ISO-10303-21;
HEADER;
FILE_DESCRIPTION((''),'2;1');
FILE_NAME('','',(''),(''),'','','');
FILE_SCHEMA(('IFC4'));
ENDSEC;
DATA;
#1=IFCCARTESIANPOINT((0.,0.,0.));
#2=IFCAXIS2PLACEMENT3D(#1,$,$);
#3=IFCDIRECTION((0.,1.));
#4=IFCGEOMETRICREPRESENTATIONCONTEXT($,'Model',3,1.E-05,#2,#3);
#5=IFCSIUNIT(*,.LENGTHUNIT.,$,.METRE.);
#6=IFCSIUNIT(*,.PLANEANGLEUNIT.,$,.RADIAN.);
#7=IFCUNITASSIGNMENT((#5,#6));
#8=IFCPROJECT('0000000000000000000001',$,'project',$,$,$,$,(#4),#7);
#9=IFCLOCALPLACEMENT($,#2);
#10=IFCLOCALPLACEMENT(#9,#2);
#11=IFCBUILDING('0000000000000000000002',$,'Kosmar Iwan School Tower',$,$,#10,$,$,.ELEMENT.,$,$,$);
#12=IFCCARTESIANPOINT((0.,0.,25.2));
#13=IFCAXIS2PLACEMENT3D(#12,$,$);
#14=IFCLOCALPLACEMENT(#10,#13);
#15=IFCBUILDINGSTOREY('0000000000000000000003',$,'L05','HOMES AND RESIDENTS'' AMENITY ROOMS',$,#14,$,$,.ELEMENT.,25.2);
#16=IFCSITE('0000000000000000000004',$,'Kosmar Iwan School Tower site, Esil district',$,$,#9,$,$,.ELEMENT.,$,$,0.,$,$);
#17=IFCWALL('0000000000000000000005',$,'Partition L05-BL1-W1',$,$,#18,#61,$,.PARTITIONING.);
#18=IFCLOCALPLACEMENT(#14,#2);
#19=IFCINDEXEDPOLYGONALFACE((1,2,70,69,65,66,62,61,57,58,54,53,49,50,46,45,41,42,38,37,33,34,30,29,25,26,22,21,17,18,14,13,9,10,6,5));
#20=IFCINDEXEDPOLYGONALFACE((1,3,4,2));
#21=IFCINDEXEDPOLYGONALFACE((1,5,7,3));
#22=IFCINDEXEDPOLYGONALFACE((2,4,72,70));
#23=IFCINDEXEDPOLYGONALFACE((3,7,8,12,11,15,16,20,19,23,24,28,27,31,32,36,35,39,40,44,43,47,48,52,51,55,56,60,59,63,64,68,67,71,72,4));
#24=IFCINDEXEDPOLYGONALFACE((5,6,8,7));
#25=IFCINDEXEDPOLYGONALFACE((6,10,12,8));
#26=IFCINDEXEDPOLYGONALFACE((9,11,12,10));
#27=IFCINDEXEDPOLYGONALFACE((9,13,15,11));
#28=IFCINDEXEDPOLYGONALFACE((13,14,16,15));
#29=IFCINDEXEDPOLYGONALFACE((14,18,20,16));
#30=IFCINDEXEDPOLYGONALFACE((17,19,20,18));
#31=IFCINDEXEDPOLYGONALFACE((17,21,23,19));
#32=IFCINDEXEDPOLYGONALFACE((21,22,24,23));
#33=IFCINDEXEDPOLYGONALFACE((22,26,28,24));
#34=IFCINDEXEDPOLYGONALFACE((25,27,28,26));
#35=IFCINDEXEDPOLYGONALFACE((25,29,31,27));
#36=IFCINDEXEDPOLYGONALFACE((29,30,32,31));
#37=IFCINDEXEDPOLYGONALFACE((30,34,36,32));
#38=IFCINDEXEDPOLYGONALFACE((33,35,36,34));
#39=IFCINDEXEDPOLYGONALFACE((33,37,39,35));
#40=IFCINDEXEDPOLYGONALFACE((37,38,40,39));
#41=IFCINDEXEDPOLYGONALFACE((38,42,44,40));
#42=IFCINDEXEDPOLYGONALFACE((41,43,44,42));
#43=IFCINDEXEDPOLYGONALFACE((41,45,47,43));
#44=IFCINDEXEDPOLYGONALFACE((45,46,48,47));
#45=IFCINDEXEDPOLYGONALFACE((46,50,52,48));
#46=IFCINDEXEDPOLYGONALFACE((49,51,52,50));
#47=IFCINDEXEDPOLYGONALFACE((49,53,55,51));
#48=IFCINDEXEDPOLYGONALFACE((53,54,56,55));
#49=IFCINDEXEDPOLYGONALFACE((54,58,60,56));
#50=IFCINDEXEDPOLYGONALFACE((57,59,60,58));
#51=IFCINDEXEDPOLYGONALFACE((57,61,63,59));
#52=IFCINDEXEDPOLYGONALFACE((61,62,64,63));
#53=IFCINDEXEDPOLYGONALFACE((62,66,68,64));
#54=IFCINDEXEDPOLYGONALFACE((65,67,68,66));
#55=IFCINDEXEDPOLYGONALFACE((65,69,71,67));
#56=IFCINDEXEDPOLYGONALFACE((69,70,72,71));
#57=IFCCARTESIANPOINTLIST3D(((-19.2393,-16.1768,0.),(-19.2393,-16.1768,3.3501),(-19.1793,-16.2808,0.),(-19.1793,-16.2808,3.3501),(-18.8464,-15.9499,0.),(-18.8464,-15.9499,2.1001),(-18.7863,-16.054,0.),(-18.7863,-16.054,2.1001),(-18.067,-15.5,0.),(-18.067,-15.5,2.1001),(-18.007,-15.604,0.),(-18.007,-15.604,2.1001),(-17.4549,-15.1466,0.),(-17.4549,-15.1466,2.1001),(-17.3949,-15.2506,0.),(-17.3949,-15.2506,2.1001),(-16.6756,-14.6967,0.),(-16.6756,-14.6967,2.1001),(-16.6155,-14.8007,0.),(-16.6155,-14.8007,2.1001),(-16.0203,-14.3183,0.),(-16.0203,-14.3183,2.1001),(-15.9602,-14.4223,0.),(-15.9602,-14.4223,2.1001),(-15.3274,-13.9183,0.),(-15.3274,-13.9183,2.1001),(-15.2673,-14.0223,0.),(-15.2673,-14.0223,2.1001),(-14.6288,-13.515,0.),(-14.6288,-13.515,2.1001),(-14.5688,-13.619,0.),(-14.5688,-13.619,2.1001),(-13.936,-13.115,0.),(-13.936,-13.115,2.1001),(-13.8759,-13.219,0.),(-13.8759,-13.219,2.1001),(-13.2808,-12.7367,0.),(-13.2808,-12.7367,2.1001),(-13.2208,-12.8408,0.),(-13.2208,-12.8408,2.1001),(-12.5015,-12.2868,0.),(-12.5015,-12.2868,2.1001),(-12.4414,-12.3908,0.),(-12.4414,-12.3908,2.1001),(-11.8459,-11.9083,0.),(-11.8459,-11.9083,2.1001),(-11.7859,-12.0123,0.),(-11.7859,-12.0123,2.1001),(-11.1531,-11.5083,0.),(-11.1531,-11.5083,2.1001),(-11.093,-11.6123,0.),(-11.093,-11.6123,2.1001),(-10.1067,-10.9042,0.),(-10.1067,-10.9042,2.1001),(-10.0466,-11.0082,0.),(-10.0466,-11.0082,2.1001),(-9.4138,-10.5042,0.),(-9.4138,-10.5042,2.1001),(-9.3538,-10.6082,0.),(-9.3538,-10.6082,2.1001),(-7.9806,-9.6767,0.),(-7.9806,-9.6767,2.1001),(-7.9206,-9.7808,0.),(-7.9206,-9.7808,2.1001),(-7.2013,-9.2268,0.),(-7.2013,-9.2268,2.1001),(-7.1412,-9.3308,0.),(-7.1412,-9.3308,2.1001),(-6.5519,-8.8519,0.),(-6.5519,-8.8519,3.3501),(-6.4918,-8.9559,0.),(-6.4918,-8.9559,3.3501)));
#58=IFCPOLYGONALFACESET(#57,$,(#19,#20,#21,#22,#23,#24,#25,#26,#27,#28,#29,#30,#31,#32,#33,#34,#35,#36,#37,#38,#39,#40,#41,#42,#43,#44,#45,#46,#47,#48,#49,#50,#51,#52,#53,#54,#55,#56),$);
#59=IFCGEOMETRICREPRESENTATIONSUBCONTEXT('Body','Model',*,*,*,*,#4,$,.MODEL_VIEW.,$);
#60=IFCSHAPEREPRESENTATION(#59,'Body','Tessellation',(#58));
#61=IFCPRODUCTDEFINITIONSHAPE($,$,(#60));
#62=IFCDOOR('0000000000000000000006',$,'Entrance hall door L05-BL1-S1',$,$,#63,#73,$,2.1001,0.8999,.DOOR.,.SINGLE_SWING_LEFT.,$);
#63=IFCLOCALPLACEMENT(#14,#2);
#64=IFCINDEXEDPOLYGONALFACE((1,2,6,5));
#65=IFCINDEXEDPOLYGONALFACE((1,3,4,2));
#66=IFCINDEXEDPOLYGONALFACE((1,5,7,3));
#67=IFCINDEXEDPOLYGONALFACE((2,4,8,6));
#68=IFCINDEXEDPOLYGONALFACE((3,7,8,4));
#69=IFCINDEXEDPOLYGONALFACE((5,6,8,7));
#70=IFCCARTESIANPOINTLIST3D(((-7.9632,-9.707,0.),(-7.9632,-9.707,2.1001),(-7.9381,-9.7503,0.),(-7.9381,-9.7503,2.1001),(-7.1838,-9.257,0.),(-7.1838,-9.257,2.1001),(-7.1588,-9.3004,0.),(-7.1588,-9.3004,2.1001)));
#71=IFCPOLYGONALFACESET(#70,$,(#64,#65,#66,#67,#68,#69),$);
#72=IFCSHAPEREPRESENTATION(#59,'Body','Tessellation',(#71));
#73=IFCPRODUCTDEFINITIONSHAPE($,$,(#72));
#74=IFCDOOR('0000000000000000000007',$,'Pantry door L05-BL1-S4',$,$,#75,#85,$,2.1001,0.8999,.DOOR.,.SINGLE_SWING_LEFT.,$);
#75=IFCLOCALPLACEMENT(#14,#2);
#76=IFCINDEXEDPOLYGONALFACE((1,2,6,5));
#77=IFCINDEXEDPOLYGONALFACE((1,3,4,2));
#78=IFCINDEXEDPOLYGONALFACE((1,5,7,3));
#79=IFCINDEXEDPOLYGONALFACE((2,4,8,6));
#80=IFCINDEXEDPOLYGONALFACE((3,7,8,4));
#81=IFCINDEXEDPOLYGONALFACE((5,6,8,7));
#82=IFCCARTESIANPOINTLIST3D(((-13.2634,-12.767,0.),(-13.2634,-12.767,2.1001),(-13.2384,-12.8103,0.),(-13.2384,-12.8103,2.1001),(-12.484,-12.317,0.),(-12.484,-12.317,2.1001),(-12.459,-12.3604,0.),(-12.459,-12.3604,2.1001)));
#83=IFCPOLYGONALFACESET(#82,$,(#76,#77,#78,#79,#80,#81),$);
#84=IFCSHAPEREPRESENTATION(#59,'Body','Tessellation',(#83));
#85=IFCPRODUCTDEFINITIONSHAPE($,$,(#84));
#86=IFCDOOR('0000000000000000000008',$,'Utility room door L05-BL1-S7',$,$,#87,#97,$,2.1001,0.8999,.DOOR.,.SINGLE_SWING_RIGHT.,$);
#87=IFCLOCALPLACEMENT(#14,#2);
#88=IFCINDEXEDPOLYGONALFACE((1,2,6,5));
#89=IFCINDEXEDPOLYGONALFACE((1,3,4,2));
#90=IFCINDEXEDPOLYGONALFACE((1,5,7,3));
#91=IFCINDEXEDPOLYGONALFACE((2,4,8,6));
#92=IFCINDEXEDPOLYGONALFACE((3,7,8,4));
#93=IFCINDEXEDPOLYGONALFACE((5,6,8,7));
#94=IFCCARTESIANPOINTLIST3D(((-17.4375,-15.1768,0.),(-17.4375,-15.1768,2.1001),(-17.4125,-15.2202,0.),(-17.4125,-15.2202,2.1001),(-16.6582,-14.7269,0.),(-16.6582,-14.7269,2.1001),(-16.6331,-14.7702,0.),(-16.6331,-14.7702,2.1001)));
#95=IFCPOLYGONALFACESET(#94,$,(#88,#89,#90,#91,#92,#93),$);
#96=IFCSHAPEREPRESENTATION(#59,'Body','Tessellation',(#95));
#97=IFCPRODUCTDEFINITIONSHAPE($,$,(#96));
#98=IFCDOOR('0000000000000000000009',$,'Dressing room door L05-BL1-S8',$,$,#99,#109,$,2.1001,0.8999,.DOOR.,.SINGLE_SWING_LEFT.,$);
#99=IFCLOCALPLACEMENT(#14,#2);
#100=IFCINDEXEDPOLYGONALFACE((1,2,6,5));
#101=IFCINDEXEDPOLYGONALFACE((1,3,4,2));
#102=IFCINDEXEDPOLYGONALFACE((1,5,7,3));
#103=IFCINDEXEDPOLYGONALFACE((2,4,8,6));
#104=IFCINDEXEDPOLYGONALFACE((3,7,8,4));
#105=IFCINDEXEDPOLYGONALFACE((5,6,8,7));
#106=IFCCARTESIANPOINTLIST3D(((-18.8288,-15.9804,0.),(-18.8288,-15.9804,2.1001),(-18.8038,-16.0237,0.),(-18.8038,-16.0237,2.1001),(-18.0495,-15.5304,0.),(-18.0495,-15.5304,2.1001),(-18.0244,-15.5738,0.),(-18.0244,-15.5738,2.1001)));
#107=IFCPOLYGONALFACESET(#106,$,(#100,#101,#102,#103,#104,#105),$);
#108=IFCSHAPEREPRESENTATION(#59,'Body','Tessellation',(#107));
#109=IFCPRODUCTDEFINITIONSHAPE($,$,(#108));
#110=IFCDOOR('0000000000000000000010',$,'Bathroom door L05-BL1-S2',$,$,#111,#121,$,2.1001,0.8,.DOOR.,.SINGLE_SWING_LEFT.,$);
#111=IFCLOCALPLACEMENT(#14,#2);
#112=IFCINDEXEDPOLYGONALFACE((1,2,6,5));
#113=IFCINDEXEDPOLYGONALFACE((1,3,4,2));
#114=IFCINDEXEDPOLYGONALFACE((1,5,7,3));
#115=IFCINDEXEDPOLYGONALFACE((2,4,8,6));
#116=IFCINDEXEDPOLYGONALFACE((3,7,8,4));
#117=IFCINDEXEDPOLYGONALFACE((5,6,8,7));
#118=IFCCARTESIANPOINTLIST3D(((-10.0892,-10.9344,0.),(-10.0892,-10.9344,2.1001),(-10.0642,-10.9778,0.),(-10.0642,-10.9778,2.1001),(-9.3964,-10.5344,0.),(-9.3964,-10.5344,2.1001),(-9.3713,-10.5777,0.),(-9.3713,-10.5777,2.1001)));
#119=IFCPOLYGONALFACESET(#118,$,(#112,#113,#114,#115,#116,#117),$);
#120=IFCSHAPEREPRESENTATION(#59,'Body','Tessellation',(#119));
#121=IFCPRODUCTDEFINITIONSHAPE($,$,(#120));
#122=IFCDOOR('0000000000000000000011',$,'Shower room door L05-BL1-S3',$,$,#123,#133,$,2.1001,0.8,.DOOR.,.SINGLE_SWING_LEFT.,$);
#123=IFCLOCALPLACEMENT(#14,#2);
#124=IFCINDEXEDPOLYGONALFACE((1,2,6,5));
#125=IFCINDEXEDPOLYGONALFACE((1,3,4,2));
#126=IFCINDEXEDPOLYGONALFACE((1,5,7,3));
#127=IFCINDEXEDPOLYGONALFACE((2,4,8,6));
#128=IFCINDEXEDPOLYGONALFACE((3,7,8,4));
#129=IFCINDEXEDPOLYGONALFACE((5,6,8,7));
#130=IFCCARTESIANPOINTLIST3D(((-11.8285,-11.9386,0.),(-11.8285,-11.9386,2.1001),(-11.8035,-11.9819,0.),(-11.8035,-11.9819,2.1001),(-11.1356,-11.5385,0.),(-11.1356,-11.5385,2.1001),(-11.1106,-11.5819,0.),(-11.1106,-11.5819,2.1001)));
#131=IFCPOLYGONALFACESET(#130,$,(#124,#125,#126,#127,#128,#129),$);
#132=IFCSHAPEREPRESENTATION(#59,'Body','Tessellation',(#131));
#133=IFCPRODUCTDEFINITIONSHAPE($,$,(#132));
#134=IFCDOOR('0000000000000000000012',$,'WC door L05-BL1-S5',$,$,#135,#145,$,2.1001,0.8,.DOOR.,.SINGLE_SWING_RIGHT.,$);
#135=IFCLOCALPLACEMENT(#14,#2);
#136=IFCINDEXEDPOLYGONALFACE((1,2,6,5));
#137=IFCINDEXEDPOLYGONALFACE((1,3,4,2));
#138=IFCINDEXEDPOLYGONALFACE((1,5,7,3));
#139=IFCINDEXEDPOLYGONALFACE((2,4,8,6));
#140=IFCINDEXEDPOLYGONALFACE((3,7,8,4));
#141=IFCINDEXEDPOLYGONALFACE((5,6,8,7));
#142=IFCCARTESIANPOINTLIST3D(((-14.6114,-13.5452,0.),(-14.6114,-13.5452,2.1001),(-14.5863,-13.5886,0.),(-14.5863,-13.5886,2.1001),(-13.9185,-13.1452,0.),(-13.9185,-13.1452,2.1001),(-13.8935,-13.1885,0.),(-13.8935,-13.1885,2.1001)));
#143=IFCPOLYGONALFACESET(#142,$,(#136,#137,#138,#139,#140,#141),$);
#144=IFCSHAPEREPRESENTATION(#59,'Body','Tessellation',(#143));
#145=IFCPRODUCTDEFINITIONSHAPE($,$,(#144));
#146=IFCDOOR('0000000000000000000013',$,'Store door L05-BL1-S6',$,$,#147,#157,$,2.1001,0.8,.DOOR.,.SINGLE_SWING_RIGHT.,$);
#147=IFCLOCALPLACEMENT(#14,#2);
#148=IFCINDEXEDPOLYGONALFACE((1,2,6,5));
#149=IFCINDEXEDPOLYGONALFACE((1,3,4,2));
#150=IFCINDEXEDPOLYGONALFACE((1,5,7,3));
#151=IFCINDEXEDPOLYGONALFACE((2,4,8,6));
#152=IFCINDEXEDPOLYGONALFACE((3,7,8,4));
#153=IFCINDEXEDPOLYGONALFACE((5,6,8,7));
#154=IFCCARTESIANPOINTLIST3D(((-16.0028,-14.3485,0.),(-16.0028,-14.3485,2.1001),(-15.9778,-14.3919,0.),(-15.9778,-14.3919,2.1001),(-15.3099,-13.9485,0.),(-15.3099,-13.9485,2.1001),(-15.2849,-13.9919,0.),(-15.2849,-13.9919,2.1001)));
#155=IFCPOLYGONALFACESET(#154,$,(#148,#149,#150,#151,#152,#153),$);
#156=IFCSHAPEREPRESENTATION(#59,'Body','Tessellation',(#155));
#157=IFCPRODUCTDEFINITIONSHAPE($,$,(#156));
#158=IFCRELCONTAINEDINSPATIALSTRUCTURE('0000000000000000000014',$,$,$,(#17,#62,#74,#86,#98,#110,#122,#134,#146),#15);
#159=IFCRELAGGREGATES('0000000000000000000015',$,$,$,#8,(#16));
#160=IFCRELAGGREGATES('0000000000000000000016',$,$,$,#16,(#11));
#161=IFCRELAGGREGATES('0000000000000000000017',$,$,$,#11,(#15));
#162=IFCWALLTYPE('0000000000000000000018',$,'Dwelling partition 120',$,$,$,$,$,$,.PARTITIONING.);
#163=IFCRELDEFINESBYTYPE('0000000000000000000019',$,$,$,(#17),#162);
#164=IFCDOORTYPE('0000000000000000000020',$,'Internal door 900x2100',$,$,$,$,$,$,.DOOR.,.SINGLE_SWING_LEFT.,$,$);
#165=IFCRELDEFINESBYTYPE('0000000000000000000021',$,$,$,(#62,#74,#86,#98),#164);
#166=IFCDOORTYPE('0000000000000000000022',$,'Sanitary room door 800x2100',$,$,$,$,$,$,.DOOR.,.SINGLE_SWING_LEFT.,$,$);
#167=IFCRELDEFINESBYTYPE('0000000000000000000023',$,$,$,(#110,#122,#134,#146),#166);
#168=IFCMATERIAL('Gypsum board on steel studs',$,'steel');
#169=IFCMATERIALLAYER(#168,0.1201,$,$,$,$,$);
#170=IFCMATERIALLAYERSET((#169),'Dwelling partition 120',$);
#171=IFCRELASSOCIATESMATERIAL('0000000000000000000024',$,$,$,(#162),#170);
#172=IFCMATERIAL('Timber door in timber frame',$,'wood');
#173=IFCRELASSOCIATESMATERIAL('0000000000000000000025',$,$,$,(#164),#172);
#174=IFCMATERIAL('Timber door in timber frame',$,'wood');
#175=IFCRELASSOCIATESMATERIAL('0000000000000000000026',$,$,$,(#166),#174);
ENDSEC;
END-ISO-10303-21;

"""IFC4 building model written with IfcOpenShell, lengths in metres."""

from ifc_helpers import new_model, si_unit, direction, frame, frame_2d, origin, place, context, subcontext, project, spatial, rectangle, extrude, material, layer, layer_set, type_object, element, fill, save


model = new_model("IFC4")

# Units and contexts
model_context = context("Model", 3, precision=1e-05, world=origin(), true_north=direction((0.0, 1.0)))
body_context = subcontext(model_context, "Body", "Model", "MODEL_VIEW")
ifc_project = project(units=[si_unit("LENGTHUNIT", "METRE"), si_unit("PLANEANGLEUNIT", "RADIAN")], contexts=[model_context])

# Site, building, storey
site_placement = place(None, origin())
site = spatial("IfcSite", under=ifc_project, at=site_placement, Name="Kosmar Iwan School Tower site, Esil district", CompositionType="ELEMENT", RefElevation=0.0)
building_placement = place(site_placement, origin())
building = spatial("IfcBuilding", under=site, at=building_placement, Name="Kosmar Iwan School Tower", CompositionType="ELEMENT")
storey_placement = place(building_placement, frame((0.0, 0.0, 25.2)))
storey = spatial("IfcBuildingStorey", under=building, at=storey_placement, Name="L05", Description="HOMES AND RESIDENTS' AMENITY ROOMS", CompositionType="ELEMENT", Elevation=25.2)

# Wall, openings, doors
ifc_material_1 = material(Name="Gypsum board on steel studs", Category="steel")
ifc_layer_1 = layer(ifc_material_1, 0.1201)
ifc_layer_set_1 = layer_set([ifc_layer_1], Name="Dwelling partition 120")
wall_type_1 = type_object("IfcWallType", Name="Dwelling partition 120", PredefinedType="PARTITIONING", material=ifc_layer_set_1)
wall_1_placement = place(storey_placement, frame((-6.5217, -8.9038, 0.0), z_axis=(0.0, 0.0, 1.0), x_axis=(-0.866031, -0.499991, 0.0)))
wall_1 = element("IfcWall", 1, at=wall_1_placement, inside=storey, type_object=wall_type_1, Name="Partition L05-BL1-W1", PredefinedType="PARTITIONING", context=body_context, shape_type="SweptSolid", body=[
    extrude(rectangle(XDim=14.6501, YDim=0.1201, at=frame_2d((7.3252, 0.0))), origin(), (0.0, 0.0, 1.0), 3.3501),
])
opening_1_placement = place(wall_1_placement, frame((0.75, 0.0, 0.0)))
opening_1 = element("IfcOpeningElement", 2, at=opening_1_placement, cuts=wall_1, PredefinedType="OPENING", context=body_context, shape_type="SweptSolid", body=[
    extrude(rectangle(XDim=0.8999, YDim=2.1001, at=frame_2d((0.45, 1.05))), frame((0.0, 0.072, 0.0), z_axis=(0.0, -1.0, 0.0), x_axis=(1.0, 0.0, 0.0)), (0.0, 0.0, 1.0), 0.144),
])
opening_2_placement = place(wall_1_placement, frame((3.3049, 0.0, 0.0)))
opening_2 = element("IfcOpeningElement", 3, at=opening_2_placement, cuts=wall_1, PredefinedType="OPENING", context=body_context, shape_type="SweptSolid", body=[
    extrude(rectangle(XDim=0.8, YDim=2.1001, at=frame_2d((0.3999, 1.05))), frame((0.0, 0.072, 0.0), z_axis=(0.0, -1.0, 0.0), x_axis=(1.0, 0.0, 0.0)), (0.0, 0.0, 1.0), 0.144),
])
opening_3_placement = place(wall_1_placement, frame((5.3132, 0.0, 0.0)))
opening_3 = element("IfcOpeningElement", 4, at=opening_3_placement, cuts=wall_1, PredefinedType="OPENING", context=body_context, shape_type="SweptSolid", body=[
    extrude(rectangle(XDim=0.8, YDim=2.1001, at=frame_2d((0.3999, 1.05))), frame((0.0, 0.072, 0.0), z_axis=(0.0, -1.0, 0.0), x_axis=(1.0, 0.0, 0.0)), (0.0, 0.0, 1.0), 0.144),
])
opening_4_placement = place(wall_1_placement, frame((6.8701, 0.0, 0.0)))
opening_4 = element("IfcOpeningElement", 5, at=opening_4_placement, cuts=wall_1, PredefinedType="OPENING", context=body_context, shape_type="SweptSolid", body=[
    extrude(rectangle(XDim=0.8999, YDim=2.1001, at=frame_2d((0.45, 1.05))), frame((0.0, 0.072, 0.0), z_axis=(0.0, -1.0, 0.0), x_axis=(1.0, 0.0, 0.0)), (0.0, 0.0, 1.0), 0.144),
])
opening_5_placement = place(wall_1_placement, frame((8.5266, 0.0, 0.0)))
opening_5 = element("IfcOpeningElement", 6, at=opening_5_placement, cuts=wall_1, PredefinedType="OPENING", context=body_context, shape_type="SweptSolid", body=[
    extrude(rectangle(XDim=0.8, YDim=2.1001, at=frame_2d((0.3999, 1.05))), frame((0.0, 0.072, 0.0), z_axis=(0.0, -1.0, 0.0), x_axis=(1.0, 0.0, 0.0)), (0.0, 0.0, 1.0), 0.144),
])
opening_6_placement = place(wall_1_placement, frame((10.1333, 0.0, 0.0)))
opening_6 = element("IfcOpeningElement", 7, at=opening_6_placement, cuts=wall_1, PredefinedType="OPENING", context=body_context, shape_type="SweptSolid", body=[
    extrude(rectangle(XDim=0.8, YDim=2.1001, at=frame_2d((0.3999, 1.05))), frame((0.0, 0.072, 0.0), z_axis=(0.0, -1.0, 0.0), x_axis=(1.0, 0.0, 0.0)), (0.0, 0.0, 1.0), 0.144),
])
opening_7_placement = place(wall_1_placement, frame((11.6899, 0.0, 0.0)))
opening_7 = element("IfcOpeningElement", 8, at=opening_7_placement, cuts=wall_1, PredefinedType="OPENING", context=body_context, shape_type="SweptSolid", body=[
    extrude(rectangle(XDim=0.8999, YDim=2.1001, at=frame_2d((0.45, 1.05))), frame((0.0, 0.072, 0.0), z_axis=(0.0, -1.0, 0.0), x_axis=(1.0, 0.0, 0.0)), (0.0, 0.0, 1.0), 0.144),
])
opening_8_placement = place(wall_1_placement, frame((13.2966, 0.0, 0.0)))
opening_8 = element("IfcOpeningElement", 9, at=opening_8_placement, cuts=wall_1, PredefinedType="OPENING", context=body_context, shape_type="SweptSolid", body=[
    extrude(rectangle(XDim=0.8999, YDim=2.1001, at=frame_2d((0.45, 1.05))), frame((0.0, 0.072, 0.0), z_axis=(0.0, -1.0, 0.0), x_axis=(1.0, 0.0, 0.0)), (0.0, 0.0, 1.0), 0.144),
])
ifc_material_2 = material(Name="Timber door in timber frame", Category="wood")
door_type_1 = type_object("IfcDoorType", Name="Internal door 900x2100", OperationType="SINGLE_SWING_LEFT", PredefinedType="DOOR", material=ifc_material_2)
door_1_placement = place(opening_1_placement, origin())
door_1 = element("IfcDoor", 10, at=door_1_placement, inside=storey, type_object=door_type_1, Name="Entrance hall door L05-BL1-S1", OperationType="SINGLE_SWING_LEFT", OverallHeight=2.1001, OverallWidth=0.8999, PredefinedType="DOOR", context=body_context, shape_type="SweptSolid", body=[
    extrude(rectangle(XDim=0.8999, YDim=2.1001, at=frame_2d((0.45, 1.05))), frame((0.0, 0.0249, 0.0), z_axis=(0.0, -1.0, 0.0), x_axis=(1.0, 0.0, 0.0)), (0.0, 0.0, 1.0), 0.05),
])
fill(opening_1, door_1)
door_2_placement = place(opening_4_placement, origin())
door_2 = element("IfcDoor", 11, at=door_2_placement, inside=storey, type_object=door_type_1, Name="Pantry door L05-BL1-S4", OperationType="SINGLE_SWING_LEFT", OverallHeight=2.1001, OverallWidth=0.8999, PredefinedType="DOOR", context=body_context, shape_type="SweptSolid", body=[
    extrude(rectangle(XDim=0.8999, YDim=2.1001, at=frame_2d((0.45, 1.05))), frame((0.0, 0.0249, 0.0), z_axis=(0.0, -1.0, 0.0), x_axis=(1.0, 0.0, 0.0)), (0.0, 0.0, 1.0), 0.05),
])
fill(opening_4, door_2)
door_3_placement = place(opening_7_placement, origin())
door_3 = element("IfcDoor", 12, at=door_3_placement, inside=storey, type_object=door_type_1, Name="Utility room door L05-BL1-S7", OperationType="SINGLE_SWING_RIGHT", OverallHeight=2.1001, OverallWidth=0.8999, PredefinedType="DOOR", context=body_context, shape_type="SweptSolid", body=[
    extrude(rectangle(XDim=0.8999, YDim=2.1001, at=frame_2d((0.45, 1.05))), frame((0.0, 0.0249, 0.0), z_axis=(0.0, -1.0, 0.0), x_axis=(1.0, 0.0, 0.0)), (0.0, 0.0, 1.0), 0.05),
])
fill(opening_7, door_3)
door_4_placement = place(opening_8_placement, frame((0.8999, 0.0, 0.0), z_axis=(0.0, 0.0, 1.0), x_axis=(-1.0, 0.0, 0.0)))
door_4 = element("IfcDoor", 13, at=door_4_placement, inside=storey, type_object=door_type_1, Name="Dressing room door L05-BL1-S8", OperationType="SINGLE_SWING_LEFT", OverallHeight=2.1001, OverallWidth=0.8999, PredefinedType="DOOR", context=body_context, shape_type="SweptSolid", body=[
    extrude(rectangle(XDim=0.8999, YDim=2.1001, at=frame_2d((0.45, 1.05))), frame((0.0, 0.0249, 0.0), z_axis=(0.0, -1.0, 0.0), x_axis=(1.0, 0.0, 0.0)), (0.0, 0.0, 1.0), 0.05),
])
fill(opening_8, door_4)
ifc_material_3 = material(Name="Timber door in timber frame", Category="wood")
door_type_2 = type_object("IfcDoorType", Name="Sanitary room door 800x2100", OperationType="SINGLE_SWING_LEFT", PredefinedType="DOOR", material=ifc_material_3)
door_5_placement = place(opening_2_placement, origin())
door_5 = element("IfcDoor", 14, at=door_5_placement, inside=storey, type_object=door_type_2, Name="Bathroom door L05-BL1-S2", OperationType="SINGLE_SWING_LEFT", OverallHeight=2.1001, OverallWidth=0.8, PredefinedType="DOOR", context=body_context, shape_type="SweptSolid", body=[
    extrude(rectangle(XDim=0.8, YDim=2.1001, at=frame_2d((0.3999, 1.05))), frame((0.0, 0.0249, 0.0), z_axis=(0.0, -1.0, 0.0), x_axis=(1.0, 0.0, 0.0)), (0.0, 0.0, 1.0), 0.05),
])
fill(opening_2, door_5)
door_6_placement = place(opening_3_placement, origin())
door_6 = element("IfcDoor", 15, at=door_6_placement, inside=storey, type_object=door_type_2, Name="Shower room door L05-BL1-S3", OperationType="SINGLE_SWING_LEFT", OverallHeight=2.1001, OverallWidth=0.8, PredefinedType="DOOR", context=body_context, shape_type="SweptSolid", body=[
    extrude(rectangle(XDim=0.8, YDim=2.1001, at=frame_2d((0.3999, 1.05))), frame((0.0, 0.0249, 0.0), z_axis=(0.0, -1.0, 0.0), x_axis=(1.0, 0.0, 0.0)), (0.0, 0.0, 1.0), 0.05),
])
fill(opening_3, door_6)
door_7_placement = place(opening_5_placement, origin())
door_7 = element("IfcDoor", 16, at=door_7_placement, inside=storey, type_object=door_type_2, Name="WC door L05-BL1-S5", OperationType="SINGLE_SWING_RIGHT", OverallHeight=2.1001, OverallWidth=0.8, PredefinedType="DOOR", context=body_context, shape_type="SweptSolid", body=[
    extrude(rectangle(XDim=0.8, YDim=2.1001, at=frame_2d((0.3999, 1.05))), frame((0.0, 0.0249, 0.0), z_axis=(0.0, -1.0, 0.0), x_axis=(1.0, 0.0, 0.0)), (0.0, 0.0, 1.0), 0.05),
])
fill(opening_5, door_7)
door_8_placement = place(opening_6_placement, origin())
door_8 = element("IfcDoor", 17, at=door_8_placement, inside=storey, type_object=door_type_2, Name="Store door L05-BL1-S6", OperationType="SINGLE_SWING_RIGHT", OverallHeight=2.1001, OverallWidth=0.8, PredefinedType="DOOR", context=body_context, shape_type="SweptSolid", body=[
    extrude(rectangle(XDim=0.8, YDim=2.1001, at=frame_2d((0.3999, 1.05))), frame((0.0, 0.0249, 0.0), z_axis=(0.0, -1.0, 0.0), x_axis=(1.0, 0.0, 0.0)), (0.0, 0.0, 1.0), 0.05),
])
fill(opening_6, door_8)

save(model, "model.ifc")
